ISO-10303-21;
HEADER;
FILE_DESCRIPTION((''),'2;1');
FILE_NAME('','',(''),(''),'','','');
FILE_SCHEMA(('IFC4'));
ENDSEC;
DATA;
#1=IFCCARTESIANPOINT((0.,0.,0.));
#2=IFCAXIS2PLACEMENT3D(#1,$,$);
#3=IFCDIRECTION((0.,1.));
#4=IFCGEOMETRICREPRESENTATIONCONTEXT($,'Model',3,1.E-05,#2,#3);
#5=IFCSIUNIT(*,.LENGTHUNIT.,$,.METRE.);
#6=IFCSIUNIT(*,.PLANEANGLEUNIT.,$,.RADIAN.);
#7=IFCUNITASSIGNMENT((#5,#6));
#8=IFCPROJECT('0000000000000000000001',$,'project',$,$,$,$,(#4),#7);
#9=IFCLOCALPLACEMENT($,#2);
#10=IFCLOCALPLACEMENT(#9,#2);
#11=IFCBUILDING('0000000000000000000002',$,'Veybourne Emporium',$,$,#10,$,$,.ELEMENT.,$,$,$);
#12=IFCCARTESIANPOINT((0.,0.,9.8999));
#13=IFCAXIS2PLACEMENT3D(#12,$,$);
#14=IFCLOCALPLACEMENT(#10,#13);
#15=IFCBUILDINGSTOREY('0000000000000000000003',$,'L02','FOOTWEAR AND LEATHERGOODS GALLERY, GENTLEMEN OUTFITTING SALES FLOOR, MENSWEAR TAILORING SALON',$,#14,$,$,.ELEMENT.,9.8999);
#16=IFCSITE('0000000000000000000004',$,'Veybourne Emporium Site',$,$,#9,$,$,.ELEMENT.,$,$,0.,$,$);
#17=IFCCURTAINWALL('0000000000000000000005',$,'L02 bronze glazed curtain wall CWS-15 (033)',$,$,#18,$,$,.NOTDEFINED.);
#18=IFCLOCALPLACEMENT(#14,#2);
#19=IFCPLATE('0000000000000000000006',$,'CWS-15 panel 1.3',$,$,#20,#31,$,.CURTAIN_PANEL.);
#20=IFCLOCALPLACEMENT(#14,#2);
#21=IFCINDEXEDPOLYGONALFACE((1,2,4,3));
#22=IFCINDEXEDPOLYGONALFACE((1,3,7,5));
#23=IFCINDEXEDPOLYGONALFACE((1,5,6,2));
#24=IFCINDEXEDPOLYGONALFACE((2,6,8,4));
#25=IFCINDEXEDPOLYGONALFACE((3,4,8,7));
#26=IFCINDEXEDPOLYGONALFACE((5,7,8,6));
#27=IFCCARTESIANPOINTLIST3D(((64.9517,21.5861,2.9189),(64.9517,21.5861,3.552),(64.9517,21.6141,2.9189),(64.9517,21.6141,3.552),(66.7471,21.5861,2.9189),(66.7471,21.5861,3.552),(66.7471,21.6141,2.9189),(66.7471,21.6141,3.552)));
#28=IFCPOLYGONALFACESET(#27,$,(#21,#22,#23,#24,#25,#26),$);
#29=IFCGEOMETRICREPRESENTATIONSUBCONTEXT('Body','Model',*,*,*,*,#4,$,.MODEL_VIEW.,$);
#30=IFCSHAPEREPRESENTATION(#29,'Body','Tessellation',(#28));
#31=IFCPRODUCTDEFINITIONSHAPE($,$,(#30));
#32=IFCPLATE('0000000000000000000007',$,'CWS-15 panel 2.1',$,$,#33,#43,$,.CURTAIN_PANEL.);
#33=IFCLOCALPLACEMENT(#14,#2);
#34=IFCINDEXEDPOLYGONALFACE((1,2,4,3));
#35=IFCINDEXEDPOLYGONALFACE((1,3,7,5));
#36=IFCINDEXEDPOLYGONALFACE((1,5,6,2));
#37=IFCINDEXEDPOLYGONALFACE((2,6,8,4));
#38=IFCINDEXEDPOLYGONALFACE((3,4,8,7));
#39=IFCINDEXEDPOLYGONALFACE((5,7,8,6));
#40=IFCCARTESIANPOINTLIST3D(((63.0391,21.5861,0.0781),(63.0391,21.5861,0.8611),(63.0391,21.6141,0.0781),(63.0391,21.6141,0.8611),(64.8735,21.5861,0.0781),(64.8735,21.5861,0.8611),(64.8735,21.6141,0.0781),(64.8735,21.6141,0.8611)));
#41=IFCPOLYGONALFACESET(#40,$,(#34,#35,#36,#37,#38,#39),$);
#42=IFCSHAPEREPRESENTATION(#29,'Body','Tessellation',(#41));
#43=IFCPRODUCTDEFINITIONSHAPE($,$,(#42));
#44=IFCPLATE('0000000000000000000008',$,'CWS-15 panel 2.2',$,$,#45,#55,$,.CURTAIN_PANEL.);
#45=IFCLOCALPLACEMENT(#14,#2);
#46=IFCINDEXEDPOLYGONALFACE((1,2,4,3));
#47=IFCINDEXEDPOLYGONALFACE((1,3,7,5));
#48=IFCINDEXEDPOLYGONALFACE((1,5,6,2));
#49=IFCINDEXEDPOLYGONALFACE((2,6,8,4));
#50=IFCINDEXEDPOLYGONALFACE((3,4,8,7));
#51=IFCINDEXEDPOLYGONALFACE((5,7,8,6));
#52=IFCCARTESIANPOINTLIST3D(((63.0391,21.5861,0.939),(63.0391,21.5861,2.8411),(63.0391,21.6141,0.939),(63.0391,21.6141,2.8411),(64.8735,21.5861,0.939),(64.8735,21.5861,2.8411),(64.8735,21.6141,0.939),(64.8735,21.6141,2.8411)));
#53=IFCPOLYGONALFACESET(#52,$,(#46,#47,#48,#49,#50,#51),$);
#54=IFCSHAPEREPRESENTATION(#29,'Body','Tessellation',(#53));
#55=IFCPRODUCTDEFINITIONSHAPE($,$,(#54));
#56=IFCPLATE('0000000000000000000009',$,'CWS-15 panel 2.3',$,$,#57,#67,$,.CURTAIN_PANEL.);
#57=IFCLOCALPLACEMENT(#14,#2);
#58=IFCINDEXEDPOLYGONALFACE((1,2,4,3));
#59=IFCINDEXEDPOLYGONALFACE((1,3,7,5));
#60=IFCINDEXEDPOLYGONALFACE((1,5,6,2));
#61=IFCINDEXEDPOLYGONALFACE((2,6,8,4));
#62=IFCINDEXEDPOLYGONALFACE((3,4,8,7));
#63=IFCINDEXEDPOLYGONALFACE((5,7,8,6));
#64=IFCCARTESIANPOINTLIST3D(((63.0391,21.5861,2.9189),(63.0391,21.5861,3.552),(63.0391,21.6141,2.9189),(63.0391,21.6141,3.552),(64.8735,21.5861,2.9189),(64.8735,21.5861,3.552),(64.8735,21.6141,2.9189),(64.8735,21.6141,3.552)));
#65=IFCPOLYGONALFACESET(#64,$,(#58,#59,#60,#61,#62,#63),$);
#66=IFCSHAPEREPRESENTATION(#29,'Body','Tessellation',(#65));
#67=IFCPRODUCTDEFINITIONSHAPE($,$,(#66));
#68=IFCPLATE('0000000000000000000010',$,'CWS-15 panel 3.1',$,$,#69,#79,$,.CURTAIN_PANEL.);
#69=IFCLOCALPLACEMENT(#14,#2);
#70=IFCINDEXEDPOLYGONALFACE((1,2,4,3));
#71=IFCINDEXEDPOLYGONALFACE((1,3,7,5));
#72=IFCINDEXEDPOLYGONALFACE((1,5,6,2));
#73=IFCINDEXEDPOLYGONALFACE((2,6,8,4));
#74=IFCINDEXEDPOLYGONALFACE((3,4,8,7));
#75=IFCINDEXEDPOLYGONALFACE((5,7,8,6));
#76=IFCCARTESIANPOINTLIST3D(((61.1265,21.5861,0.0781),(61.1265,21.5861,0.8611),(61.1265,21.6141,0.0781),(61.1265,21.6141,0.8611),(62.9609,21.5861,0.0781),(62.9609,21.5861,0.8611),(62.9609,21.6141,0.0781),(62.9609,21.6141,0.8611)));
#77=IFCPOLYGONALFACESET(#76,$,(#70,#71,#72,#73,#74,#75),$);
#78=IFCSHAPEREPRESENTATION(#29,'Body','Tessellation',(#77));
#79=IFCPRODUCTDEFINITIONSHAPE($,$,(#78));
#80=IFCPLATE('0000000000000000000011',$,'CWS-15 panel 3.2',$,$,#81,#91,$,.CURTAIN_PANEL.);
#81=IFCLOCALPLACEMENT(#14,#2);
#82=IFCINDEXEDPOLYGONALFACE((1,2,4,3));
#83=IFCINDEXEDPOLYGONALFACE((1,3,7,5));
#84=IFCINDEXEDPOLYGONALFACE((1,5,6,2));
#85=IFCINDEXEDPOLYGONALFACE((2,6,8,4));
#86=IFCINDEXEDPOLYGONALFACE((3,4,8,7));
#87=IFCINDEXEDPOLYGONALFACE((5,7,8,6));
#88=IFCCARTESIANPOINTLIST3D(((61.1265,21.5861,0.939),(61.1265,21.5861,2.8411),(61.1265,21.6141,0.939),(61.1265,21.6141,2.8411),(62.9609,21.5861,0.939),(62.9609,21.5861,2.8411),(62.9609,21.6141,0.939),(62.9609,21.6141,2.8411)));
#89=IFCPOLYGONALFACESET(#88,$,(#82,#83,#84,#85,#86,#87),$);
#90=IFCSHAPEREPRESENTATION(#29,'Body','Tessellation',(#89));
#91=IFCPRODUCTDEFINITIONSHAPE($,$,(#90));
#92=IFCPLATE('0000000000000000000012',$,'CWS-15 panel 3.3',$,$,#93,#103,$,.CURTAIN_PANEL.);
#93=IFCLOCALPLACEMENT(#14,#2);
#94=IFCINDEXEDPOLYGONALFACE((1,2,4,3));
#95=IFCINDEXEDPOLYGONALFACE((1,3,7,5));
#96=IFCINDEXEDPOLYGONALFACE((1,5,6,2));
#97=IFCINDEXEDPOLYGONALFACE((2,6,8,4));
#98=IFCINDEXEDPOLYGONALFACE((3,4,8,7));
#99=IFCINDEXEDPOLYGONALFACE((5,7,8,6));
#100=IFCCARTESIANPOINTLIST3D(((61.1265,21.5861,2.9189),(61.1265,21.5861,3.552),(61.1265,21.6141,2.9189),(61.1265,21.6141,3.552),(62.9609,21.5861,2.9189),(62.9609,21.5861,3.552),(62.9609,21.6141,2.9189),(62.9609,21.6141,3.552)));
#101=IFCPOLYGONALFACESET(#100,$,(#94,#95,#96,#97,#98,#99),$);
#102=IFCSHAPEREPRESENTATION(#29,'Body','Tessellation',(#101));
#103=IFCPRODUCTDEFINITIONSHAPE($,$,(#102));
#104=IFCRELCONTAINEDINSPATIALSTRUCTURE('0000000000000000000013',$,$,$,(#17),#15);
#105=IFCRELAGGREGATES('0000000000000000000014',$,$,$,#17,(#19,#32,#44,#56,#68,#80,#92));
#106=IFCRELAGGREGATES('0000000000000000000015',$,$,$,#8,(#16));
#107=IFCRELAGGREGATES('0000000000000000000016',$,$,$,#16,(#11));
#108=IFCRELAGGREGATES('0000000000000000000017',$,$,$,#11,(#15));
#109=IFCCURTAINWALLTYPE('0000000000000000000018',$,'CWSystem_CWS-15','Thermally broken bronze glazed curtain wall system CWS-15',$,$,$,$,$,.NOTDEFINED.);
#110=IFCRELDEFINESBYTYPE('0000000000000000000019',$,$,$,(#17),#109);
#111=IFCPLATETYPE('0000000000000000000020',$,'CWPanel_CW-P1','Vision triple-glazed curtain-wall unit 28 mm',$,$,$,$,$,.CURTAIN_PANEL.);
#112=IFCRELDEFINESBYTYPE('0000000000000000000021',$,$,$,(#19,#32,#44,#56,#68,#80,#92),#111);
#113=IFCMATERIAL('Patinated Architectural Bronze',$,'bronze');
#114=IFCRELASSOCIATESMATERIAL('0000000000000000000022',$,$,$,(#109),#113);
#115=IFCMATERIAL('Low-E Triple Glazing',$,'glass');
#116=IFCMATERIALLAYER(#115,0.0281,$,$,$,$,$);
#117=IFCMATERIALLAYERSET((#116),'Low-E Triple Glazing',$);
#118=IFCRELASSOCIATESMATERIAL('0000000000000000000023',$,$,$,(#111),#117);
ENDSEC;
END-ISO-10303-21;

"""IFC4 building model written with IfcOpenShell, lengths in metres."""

from ifc_helpers import new_model, si_unit, direction, frame, origin, origin_2d, place, context, subcontext, project, spatial, rectangle, extrude, material, layer, layer_set, type_object, element, aggregate, save


model = new_model("IFC4")

# Units and contexts
model_context = context("Model", 3, precision=1e-05, world=origin(), true_north=direction((0.0, 1.0)))
body_context = subcontext(model_context, "Body", "Model", "MODEL_VIEW")
ifc_project = project(units=[si_unit("LENGTHUNIT", "METRE"), si_unit("PLANEANGLEUNIT", "RADIAN")], contexts=[model_context])

# Site, building, storey
site_placement = place(None, origin())
site = spatial("IfcSite", under=ifc_project, at=site_placement, Name="Veybourne Emporium Site", CompositionType="ELEMENT", RefElevation=0.0)
building_placement = place(site_placement, origin())
building = spatial("IfcBuilding", under=site, at=building_placement, Name="Veybourne Emporium", CompositionType="ELEMENT")
storey_placement = place(building_placement, frame((0.0, 0.0, 9.8999)))
storey = spatial("IfcBuildingStorey", under=building, at=storey_placement, Name="L02", Description="FOOTWEAR AND LEATHERGOODS GALLERY, GENTLEMEN OUTFITTING SALES FLOOR, MENSWEAR TAILORING SALON", CompositionType="ELEMENT", Elevation=9.8999)

# Curtain wall
ifc_material_1 = material(Name="Patinated Architectural Bronze", Category="bronze")
curtain_wall_type_1 = type_object("IfcCurtainWallType", Name="CWSystem_CWS-15", Description="Thermally broken bronze glazed curtain wall system CWS-15", PredefinedType="NOTDEFINED", material=ifc_material_1)
curtain_wall_1_placement = place(storey_placement, origin())
curtain_wall_1 = element("IfcCurtainWall", 1, at=curtain_wall_1_placement, inside=storey, type_object=curtain_wall_type_1, Name="L02 bronze glazed curtain wall CWS-15 (033)", PredefinedType="NOTDEFINED")

# Plates
ifc_material_2 = material(Name="Low-E Triple Glazing", Category="glass")
ifc_layer_1 = layer(ifc_material_2, 0.0281)
ifc_layer_set_1 = layer_set([ifc_layer_1], Name="Low-E Triple Glazing")
plate_type = type_object("IfcPlateType", Name="CWPanel_CW-P1", Description="Vision triple-glazed curtain-wall unit 28 mm", PredefinedType="CURTAIN_PANEL", material=ifc_layer_set_1)
plate_1_placement = place(storey_placement, frame((65.8494, 21.6001, 2.9189), z_axis=(0.0, 0.0, 1.0), x_axis=(-1.0, 0.0, 0.0)))
plate_1 = element("IfcPlate", 2, at=plate_1_placement, type_object=plate_type, Name="CWS-15 panel 1.3", PredefinedType="CURTAIN_PANEL", context=body_context, shape_type="SweptSolid", body=[
    extrude(rectangle(XDim=1.7954, YDim=0.0281, at=origin_2d()), origin(), (0.0, 0.0, 1.0), 0.6331),
])
plate_2_placement = place(storey_placement, frame((63.9563, 21.6001, 0.0781), z_axis=(0.0, 0.0, 1.0), x_axis=(-1.0, 0.0, 0.0)))
plate_2 = element("IfcPlate", 3, at=plate_2_placement, type_object=plate_type, Name="CWS-15 panel 2.1", PredefinedType="CURTAIN_PANEL", context=body_context, shape_type="SweptSolid", body=[
    extrude(rectangle(XDim=1.8345, YDim=0.0281, at=origin_2d()), origin(), (0.0, 0.0, 1.0), 0.783),
])
plate_3_placement = place(storey_placement, frame((63.9563, 21.6001, 0.939), z_axis=(0.0, 0.0, 1.0), x_axis=(-1.0, 0.0, 0.0)))
plate_3 = element("IfcPlate", 4, at=plate_3_placement, type_object=plate_type, Name="CWS-15 panel 2.2", PredefinedType="CURTAIN_PANEL", context=body_context, shape_type="SweptSolid", body=[
    extrude(rectangle(XDim=1.8345, YDim=0.0281, at=origin_2d()), origin(), (0.0, 0.0, 1.0), 1.9021),
])
plate_4_placement = place(storey_placement, frame((63.9563, 21.6001, 2.9189), z_axis=(0.0, 0.0, 1.0), x_axis=(-1.0, 0.0, 0.0)))
plate_4 = element("IfcPlate", 5, at=plate_4_placement, type_object=plate_type, Name="CWS-15 panel 2.3", PredefinedType="CURTAIN_PANEL", context=body_context, shape_type="SweptSolid", body=[
    extrude(rectangle(XDim=1.8345, YDim=0.0281, at=origin_2d()), origin(), (0.0, 0.0, 1.0), 0.6331),
])
plate_5_placement = place(storey_placement, frame((62.0437, 21.6001, 0.0781), z_axis=(0.0, 0.0, 1.0), x_axis=(-1.0, 0.0, 0.0)))
plate_5 = element("IfcPlate", 6, at=plate_5_placement, type_object=plate_type, Name="CWS-15 panel 3.1", PredefinedType="CURTAIN_PANEL", context=body_context, shape_type="SweptSolid", body=[
    extrude(rectangle(XDim=1.8345, YDim=0.0281, at=origin_2d()), origin(), (0.0, 0.0, 1.0), 0.783),
])
plate_6_placement = place(storey_placement, frame((62.0437, 21.6001, 0.939), z_axis=(0.0, 0.0, 1.0), x_axis=(-1.0, 0.0, 0.0)))
plate_6 = element("IfcPlate", 7, at=plate_6_placement, type_object=plate_type, Name="CWS-15 panel 3.2", PredefinedType="CURTAIN_PANEL", context=body_context, shape_type="SweptSolid", body=[
    extrude(rectangle(XDim=1.8345, YDim=0.0281, at=origin_2d()), origin(), (0.0, 0.0, 1.0), 1.9021),
])
plate_7_placement = place(storey_placement, frame((62.0437, 21.6001, 2.9189), z_axis=(0.0, 0.0, 1.0), x_axis=(-1.0, 0.0, 0.0)))
plate_7 = element("IfcPlate", 8, at=plate_7_placement, type_object=plate_type, Name="CWS-15 panel 3.3", PredefinedType="CURTAIN_PANEL", context=body_context, shape_type="SweptSolid", body=[
    extrude(rectangle(XDim=1.8345, YDim=0.0281, at=origin_2d()), origin(), (0.0, 0.0, 1.0), 0.6331),
])
aggregate(curtain_wall_1, [plate_1, plate_2, plate_3, plate_4, plate_5, plate_6, plate_7])

save(model, "model.ifc")
